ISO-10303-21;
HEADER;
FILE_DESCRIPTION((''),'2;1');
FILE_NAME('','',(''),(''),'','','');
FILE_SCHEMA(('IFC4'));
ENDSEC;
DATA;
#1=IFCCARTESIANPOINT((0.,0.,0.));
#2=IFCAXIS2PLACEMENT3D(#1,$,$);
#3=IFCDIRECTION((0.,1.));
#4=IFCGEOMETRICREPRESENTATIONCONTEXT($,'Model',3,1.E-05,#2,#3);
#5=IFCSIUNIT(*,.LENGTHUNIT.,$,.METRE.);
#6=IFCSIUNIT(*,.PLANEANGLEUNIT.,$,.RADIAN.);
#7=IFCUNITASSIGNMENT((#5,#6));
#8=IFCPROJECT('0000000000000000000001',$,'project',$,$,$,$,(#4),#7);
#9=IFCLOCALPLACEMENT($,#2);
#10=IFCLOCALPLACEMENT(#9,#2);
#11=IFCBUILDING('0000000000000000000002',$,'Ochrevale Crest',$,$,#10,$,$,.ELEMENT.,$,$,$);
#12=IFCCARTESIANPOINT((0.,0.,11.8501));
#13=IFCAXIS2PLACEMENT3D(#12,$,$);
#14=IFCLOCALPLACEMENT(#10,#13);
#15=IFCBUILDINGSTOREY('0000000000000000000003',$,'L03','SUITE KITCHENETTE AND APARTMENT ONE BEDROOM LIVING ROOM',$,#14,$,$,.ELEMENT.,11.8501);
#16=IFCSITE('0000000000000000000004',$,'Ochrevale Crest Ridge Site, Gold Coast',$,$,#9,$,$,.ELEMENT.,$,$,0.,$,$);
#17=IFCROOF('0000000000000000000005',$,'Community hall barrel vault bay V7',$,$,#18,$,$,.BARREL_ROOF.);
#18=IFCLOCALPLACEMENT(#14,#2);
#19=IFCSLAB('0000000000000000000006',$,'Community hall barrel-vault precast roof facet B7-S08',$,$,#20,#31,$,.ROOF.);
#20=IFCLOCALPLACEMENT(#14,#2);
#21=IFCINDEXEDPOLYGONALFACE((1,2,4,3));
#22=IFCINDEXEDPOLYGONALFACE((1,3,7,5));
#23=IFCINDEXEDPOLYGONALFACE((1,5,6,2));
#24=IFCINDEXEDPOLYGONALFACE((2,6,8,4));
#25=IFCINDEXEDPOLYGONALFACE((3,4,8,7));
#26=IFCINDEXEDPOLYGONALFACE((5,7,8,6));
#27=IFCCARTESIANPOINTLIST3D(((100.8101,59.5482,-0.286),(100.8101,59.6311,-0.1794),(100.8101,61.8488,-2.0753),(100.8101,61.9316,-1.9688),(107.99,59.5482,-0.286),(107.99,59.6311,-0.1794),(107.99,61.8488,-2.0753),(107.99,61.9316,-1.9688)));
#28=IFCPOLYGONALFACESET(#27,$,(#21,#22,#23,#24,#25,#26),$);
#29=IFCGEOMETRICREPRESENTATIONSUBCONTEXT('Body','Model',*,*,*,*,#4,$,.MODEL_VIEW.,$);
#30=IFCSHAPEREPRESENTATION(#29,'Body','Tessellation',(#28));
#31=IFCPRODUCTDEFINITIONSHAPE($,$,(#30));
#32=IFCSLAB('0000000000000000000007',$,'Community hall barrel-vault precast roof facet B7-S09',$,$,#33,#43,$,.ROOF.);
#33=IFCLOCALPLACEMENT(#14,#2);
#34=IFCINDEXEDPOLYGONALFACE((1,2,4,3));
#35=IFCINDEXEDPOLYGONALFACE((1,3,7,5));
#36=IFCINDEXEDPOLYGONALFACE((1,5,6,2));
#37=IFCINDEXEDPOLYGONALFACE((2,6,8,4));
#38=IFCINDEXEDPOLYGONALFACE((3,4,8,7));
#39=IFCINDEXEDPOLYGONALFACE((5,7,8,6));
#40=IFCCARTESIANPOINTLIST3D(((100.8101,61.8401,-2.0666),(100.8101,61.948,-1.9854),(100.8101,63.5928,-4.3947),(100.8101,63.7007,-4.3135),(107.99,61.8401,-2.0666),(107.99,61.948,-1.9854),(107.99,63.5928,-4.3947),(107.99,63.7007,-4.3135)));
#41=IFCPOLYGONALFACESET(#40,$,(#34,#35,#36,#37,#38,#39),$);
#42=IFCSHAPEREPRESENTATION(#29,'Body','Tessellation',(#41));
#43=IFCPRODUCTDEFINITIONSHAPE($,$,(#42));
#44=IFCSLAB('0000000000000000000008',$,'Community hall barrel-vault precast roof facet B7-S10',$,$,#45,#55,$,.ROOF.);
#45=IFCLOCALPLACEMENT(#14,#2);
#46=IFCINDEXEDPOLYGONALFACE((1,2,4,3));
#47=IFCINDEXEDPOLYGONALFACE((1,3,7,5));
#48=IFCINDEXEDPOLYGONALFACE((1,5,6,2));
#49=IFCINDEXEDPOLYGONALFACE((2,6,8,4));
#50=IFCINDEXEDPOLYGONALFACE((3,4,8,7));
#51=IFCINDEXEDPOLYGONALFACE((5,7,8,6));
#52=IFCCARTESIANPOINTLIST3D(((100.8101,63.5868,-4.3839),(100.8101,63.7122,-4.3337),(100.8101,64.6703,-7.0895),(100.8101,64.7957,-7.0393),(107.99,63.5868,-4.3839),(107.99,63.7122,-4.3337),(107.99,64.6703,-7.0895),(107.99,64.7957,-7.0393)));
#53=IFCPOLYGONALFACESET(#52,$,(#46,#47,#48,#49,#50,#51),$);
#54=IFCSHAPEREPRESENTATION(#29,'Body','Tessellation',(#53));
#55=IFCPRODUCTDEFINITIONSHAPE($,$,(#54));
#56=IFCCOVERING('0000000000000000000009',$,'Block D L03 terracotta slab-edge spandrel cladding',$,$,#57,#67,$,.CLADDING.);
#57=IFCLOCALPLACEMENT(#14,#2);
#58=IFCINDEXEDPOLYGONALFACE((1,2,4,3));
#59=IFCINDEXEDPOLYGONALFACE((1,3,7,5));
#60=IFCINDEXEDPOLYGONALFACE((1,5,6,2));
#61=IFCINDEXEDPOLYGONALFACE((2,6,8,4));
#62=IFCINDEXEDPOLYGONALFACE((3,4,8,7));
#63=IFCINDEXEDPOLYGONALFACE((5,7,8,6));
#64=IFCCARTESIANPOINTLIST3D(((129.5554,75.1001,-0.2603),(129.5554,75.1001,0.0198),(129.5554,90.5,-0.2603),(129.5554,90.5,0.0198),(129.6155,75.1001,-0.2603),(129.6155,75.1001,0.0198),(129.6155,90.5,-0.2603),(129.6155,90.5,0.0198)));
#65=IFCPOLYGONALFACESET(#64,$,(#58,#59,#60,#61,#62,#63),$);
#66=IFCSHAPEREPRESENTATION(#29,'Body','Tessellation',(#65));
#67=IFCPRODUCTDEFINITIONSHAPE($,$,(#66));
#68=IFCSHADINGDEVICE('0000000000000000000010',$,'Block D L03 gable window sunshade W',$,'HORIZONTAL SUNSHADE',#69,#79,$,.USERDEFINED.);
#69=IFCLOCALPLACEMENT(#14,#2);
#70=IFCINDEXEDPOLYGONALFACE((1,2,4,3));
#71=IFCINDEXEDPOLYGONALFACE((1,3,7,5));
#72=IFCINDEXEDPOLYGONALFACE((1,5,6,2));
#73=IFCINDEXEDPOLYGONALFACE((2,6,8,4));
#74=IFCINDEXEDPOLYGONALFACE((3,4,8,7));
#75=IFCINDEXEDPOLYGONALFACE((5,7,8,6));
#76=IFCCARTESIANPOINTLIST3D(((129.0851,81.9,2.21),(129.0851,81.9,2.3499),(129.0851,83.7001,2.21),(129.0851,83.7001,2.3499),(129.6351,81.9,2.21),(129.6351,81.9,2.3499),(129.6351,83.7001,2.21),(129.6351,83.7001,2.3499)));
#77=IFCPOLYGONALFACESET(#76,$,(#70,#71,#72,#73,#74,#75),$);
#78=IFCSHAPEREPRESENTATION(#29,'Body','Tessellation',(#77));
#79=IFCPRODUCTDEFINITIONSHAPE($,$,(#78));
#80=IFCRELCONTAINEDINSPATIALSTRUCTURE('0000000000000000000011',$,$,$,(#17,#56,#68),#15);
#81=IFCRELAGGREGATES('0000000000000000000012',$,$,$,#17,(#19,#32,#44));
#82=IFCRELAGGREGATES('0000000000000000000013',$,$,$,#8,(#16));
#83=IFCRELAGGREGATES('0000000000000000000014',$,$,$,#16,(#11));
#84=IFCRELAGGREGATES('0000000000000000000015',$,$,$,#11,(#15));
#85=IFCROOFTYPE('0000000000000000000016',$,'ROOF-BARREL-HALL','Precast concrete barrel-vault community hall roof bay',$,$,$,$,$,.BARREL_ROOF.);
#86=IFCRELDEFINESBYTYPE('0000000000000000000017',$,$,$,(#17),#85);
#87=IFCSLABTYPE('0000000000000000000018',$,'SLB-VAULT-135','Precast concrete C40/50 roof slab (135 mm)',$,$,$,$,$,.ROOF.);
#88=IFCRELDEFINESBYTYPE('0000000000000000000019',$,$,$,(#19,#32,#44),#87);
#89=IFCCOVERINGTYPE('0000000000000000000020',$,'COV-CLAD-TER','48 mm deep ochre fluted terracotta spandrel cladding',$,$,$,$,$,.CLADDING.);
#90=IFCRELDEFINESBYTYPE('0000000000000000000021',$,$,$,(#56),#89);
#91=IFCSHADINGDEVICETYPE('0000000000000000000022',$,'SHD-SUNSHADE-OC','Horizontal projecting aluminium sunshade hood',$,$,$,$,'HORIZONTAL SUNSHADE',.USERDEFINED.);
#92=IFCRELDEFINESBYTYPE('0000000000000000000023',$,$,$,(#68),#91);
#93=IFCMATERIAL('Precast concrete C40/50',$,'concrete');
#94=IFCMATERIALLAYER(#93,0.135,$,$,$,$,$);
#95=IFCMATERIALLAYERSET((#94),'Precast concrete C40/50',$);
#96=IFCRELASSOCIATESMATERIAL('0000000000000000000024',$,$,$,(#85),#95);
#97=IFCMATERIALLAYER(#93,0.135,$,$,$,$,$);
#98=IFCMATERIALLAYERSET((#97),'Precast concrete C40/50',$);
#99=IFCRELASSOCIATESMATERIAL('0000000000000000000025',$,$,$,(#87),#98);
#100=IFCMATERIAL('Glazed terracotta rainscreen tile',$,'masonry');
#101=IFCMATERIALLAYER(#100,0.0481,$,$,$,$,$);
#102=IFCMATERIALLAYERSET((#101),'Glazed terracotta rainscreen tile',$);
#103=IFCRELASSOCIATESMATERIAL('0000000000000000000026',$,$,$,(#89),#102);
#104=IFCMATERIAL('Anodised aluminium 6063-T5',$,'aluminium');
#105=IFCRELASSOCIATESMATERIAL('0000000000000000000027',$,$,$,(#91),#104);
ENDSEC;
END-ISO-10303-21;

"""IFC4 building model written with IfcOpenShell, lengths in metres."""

from ifc_helpers import new_model, si_unit, direction, frame, origin, origin_2d, place, context, subcontext, project, spatial, polyline, rectangle, outline, extrude, material, layer, layer_set, type_object, element, aggregate, save


model = new_model("IFC4")

# Units and contexts
model_context = context("Model", 3, precision=1e-05, world=origin(), true_north=direction((0.0, 1.0)))
body_context = subcontext(model_context, "Body", "Model", "MODEL_VIEW")
ifc_project = project(units=[si_unit("LENGTHUNIT", "METRE"), si_unit("PLANEANGLEUNIT", "RADIAN")], contexts=[model_context])

# Site, building, storey
site_placement = place(None, origin())
site = spatial("IfcSite", under=ifc_project, at=site_placement, Name="Ochrevale Crest Ridge Site, Gold Coast", CompositionType="ELEMENT", RefElevation=0.0)
building_placement = place(site_placement, origin())
building = spatial("IfcBuilding", under=site, at=building_placement, Name="Ochrevale Crest", CompositionType="ELEMENT")
storey_placement = place(building_placement, frame((0.0, 0.0, 11.8501)))
storey = spatial("IfcBuildingStorey", under=building, at=storey_placement, Name="L03", Description="SUITE KITCHENETTE AND APARTMENT ONE BEDROOM LIVING ROOM", CompositionType="ELEMENT", Elevation=11.8501)

# Shared definitions
ifc_material_1 = material(Name="Precast concrete C40/50", Category="concrete")

# Shared definitions
ifc_material_2 = material(Name="Anodised aluminium 6063-T5", Category="aluminium")

# Roof, slabs
ifc_layer_1 = layer(ifc_material_1, 0.135)
ifc_layer_set_1 = layer_set([ifc_layer_1], Name="Precast concrete C40/50")
roof_type = type_object("IfcRoofType", Name="ROOF-BARREL-HALL", Description="Precast concrete barrel-vault community hall roof bay", PredefinedType="BARREL_ROOF", material=ifc_layer_set_1)
ifc_layer_2 = layer(ifc_material_1, 0.135)
ifc_layer_set_2 = layer_set([ifc_layer_2], Name="Precast concrete C40/50")
slab_type = type_object("IfcSlabType", Name="SLB-VAULT-135", Description="Precast concrete C40/50 roof slab (135 mm)", PredefinedType="ROOF", material=ifc_layer_set_2)
roof_1_placement = place(storey_placement, origin())
roof_1 = element("IfcRoof", 1, at=roof_1_placement, inside=storey, type_object=roof_type, Name="Community hall barrel vault bay V7", PredefinedType="BARREL_ROOF")
slab_1_placement = place(storey_placement, frame((100.8101, 59.6311, -0.1794), z_axis=(0.0, 0.613941, 0.789352), x_axis=(1.0, 0.0, 0.0)))
slab_1 = element("IfcSlab", 2, at=slab_1_placement, type_object=slab_type, Name="Community hall barrel-vault precast roof facet B7-S08", PredefinedType="ROOF", context=body_context, shape_type="SweptSolid", body=[
    extrude(outline(polyline([(0.0, 0.0), (7.1799, 0.0), (7.1799, 2.9145), (0.0, 2.9145), (0.0, 0.0)])), origin(), (0.0, 0.0, -1.0), 0.135),
])
slab_2_placement = place(storey_placement, frame((100.8101, 61.948, -1.9854), z_axis=(0.0, 0.798913, 0.601447), x_axis=(1.0, 0.0, 0.0)))
slab_2 = element("IfcSlab", 3, at=slab_2_placement, type_object=slab_type, Name="Community hall barrel-vault precast roof facet B7-S09", PredefinedType="ROOF", context=body_context, shape_type="SweptSolid", body=[
    extrude(outline(polyline([(0.0, 0.0), (7.1799, 0.0), (7.1799, 2.9141), (0.0, 2.9141), (0.0, 0.0)])), origin(), (0.0, 0.0, -1.0), 0.135),
])
slab_3_placement = place(storey_placement, frame((100.8101, 63.7122, -4.3337), z_axis=(0.0, 0.928326, 0.371766), x_axis=(1.0, 0.0, 0.0)))
slab_3 = element("IfcSlab", 4, at=slab_3_placement, type_object=slab_type, Name="Community hall barrel-vault precast roof facet B7-S10", PredefinedType="ROOF", context=body_context, shape_type="SweptSolid", body=[
    extrude(outline(polyline([(0.0, 0.0), (7.1799, 0.0), (7.1799, 2.9145), (0.0, 2.9145), (0.0, 0.0)])), origin(), (0.0, 0.0, -1.0), 0.135),
])
aggregate(roof_1, [slab_1, slab_2, slab_3])

# Covering
ifc_material_3 = material(Name="Glazed terracotta rainscreen tile", Category="masonry")
ifc_layer_3 = layer(ifc_material_3, 0.0481)
ifc_layer_set_3 = layer_set([ifc_layer_3], Name="Glazed terracotta rainscreen tile")
covering_type = type_object("IfcCoveringType", Name="COV-CLAD-TER", Description="48 mm deep ochre fluted terracotta spandrel cladding", PredefinedType="CLADDING", material=ifc_layer_set_3)
covering_placement = place(storey_placement, frame((129.5854, 82.8, -0.2603), z_axis=(0.0, 0.0, 1.0), x_axis=(0.0, -1.0, 0.0)))
element("IfcCovering", 5, at=covering_placement, inside=storey, type_object=covering_type, Name="Block D L03 terracotta slab-edge spandrel cladding", PredefinedType="CLADDING", context=body_context, shape_type="SweptSolid", body=[
    extrude(rectangle(XDim=15.3999, YDim=0.0601, at=origin_2d()), origin(), (0.0, 0.0, 1.0), 0.28),
])

# Shading device
shading_device_type = type_object("IfcShadingDeviceType", Name="SHD-SUNSHADE-OC", Description="Horizontal projecting aluminium sunshade hood", ElementType="HORIZONTAL SUNSHADE", PredefinedType="USERDEFINED", material=ifc_material_2)
shading_device_placement = place(storey_placement, frame((129.3601, 82.8, 2.21), z_axis=(0.0, 0.0, 1.0), x_axis=(1.0, 0.0, 0.0)))
element("IfcShadingDevice", 6, at=shading_device_placement, inside=storey, type_object=shading_device_type, Name="Block D L03 gable window sunshade W", ObjectType="HORIZONTAL SUNSHADE", PredefinedType="USERDEFINED", context=body_context, shape_type="SweptSolid", body=[
    extrude(rectangle(XDim=0.55, YDim=1.8, at=origin_2d()), origin(), (0.0, 0.0, 1.0), 0.1399),
])

save(model, "model.ifc")
